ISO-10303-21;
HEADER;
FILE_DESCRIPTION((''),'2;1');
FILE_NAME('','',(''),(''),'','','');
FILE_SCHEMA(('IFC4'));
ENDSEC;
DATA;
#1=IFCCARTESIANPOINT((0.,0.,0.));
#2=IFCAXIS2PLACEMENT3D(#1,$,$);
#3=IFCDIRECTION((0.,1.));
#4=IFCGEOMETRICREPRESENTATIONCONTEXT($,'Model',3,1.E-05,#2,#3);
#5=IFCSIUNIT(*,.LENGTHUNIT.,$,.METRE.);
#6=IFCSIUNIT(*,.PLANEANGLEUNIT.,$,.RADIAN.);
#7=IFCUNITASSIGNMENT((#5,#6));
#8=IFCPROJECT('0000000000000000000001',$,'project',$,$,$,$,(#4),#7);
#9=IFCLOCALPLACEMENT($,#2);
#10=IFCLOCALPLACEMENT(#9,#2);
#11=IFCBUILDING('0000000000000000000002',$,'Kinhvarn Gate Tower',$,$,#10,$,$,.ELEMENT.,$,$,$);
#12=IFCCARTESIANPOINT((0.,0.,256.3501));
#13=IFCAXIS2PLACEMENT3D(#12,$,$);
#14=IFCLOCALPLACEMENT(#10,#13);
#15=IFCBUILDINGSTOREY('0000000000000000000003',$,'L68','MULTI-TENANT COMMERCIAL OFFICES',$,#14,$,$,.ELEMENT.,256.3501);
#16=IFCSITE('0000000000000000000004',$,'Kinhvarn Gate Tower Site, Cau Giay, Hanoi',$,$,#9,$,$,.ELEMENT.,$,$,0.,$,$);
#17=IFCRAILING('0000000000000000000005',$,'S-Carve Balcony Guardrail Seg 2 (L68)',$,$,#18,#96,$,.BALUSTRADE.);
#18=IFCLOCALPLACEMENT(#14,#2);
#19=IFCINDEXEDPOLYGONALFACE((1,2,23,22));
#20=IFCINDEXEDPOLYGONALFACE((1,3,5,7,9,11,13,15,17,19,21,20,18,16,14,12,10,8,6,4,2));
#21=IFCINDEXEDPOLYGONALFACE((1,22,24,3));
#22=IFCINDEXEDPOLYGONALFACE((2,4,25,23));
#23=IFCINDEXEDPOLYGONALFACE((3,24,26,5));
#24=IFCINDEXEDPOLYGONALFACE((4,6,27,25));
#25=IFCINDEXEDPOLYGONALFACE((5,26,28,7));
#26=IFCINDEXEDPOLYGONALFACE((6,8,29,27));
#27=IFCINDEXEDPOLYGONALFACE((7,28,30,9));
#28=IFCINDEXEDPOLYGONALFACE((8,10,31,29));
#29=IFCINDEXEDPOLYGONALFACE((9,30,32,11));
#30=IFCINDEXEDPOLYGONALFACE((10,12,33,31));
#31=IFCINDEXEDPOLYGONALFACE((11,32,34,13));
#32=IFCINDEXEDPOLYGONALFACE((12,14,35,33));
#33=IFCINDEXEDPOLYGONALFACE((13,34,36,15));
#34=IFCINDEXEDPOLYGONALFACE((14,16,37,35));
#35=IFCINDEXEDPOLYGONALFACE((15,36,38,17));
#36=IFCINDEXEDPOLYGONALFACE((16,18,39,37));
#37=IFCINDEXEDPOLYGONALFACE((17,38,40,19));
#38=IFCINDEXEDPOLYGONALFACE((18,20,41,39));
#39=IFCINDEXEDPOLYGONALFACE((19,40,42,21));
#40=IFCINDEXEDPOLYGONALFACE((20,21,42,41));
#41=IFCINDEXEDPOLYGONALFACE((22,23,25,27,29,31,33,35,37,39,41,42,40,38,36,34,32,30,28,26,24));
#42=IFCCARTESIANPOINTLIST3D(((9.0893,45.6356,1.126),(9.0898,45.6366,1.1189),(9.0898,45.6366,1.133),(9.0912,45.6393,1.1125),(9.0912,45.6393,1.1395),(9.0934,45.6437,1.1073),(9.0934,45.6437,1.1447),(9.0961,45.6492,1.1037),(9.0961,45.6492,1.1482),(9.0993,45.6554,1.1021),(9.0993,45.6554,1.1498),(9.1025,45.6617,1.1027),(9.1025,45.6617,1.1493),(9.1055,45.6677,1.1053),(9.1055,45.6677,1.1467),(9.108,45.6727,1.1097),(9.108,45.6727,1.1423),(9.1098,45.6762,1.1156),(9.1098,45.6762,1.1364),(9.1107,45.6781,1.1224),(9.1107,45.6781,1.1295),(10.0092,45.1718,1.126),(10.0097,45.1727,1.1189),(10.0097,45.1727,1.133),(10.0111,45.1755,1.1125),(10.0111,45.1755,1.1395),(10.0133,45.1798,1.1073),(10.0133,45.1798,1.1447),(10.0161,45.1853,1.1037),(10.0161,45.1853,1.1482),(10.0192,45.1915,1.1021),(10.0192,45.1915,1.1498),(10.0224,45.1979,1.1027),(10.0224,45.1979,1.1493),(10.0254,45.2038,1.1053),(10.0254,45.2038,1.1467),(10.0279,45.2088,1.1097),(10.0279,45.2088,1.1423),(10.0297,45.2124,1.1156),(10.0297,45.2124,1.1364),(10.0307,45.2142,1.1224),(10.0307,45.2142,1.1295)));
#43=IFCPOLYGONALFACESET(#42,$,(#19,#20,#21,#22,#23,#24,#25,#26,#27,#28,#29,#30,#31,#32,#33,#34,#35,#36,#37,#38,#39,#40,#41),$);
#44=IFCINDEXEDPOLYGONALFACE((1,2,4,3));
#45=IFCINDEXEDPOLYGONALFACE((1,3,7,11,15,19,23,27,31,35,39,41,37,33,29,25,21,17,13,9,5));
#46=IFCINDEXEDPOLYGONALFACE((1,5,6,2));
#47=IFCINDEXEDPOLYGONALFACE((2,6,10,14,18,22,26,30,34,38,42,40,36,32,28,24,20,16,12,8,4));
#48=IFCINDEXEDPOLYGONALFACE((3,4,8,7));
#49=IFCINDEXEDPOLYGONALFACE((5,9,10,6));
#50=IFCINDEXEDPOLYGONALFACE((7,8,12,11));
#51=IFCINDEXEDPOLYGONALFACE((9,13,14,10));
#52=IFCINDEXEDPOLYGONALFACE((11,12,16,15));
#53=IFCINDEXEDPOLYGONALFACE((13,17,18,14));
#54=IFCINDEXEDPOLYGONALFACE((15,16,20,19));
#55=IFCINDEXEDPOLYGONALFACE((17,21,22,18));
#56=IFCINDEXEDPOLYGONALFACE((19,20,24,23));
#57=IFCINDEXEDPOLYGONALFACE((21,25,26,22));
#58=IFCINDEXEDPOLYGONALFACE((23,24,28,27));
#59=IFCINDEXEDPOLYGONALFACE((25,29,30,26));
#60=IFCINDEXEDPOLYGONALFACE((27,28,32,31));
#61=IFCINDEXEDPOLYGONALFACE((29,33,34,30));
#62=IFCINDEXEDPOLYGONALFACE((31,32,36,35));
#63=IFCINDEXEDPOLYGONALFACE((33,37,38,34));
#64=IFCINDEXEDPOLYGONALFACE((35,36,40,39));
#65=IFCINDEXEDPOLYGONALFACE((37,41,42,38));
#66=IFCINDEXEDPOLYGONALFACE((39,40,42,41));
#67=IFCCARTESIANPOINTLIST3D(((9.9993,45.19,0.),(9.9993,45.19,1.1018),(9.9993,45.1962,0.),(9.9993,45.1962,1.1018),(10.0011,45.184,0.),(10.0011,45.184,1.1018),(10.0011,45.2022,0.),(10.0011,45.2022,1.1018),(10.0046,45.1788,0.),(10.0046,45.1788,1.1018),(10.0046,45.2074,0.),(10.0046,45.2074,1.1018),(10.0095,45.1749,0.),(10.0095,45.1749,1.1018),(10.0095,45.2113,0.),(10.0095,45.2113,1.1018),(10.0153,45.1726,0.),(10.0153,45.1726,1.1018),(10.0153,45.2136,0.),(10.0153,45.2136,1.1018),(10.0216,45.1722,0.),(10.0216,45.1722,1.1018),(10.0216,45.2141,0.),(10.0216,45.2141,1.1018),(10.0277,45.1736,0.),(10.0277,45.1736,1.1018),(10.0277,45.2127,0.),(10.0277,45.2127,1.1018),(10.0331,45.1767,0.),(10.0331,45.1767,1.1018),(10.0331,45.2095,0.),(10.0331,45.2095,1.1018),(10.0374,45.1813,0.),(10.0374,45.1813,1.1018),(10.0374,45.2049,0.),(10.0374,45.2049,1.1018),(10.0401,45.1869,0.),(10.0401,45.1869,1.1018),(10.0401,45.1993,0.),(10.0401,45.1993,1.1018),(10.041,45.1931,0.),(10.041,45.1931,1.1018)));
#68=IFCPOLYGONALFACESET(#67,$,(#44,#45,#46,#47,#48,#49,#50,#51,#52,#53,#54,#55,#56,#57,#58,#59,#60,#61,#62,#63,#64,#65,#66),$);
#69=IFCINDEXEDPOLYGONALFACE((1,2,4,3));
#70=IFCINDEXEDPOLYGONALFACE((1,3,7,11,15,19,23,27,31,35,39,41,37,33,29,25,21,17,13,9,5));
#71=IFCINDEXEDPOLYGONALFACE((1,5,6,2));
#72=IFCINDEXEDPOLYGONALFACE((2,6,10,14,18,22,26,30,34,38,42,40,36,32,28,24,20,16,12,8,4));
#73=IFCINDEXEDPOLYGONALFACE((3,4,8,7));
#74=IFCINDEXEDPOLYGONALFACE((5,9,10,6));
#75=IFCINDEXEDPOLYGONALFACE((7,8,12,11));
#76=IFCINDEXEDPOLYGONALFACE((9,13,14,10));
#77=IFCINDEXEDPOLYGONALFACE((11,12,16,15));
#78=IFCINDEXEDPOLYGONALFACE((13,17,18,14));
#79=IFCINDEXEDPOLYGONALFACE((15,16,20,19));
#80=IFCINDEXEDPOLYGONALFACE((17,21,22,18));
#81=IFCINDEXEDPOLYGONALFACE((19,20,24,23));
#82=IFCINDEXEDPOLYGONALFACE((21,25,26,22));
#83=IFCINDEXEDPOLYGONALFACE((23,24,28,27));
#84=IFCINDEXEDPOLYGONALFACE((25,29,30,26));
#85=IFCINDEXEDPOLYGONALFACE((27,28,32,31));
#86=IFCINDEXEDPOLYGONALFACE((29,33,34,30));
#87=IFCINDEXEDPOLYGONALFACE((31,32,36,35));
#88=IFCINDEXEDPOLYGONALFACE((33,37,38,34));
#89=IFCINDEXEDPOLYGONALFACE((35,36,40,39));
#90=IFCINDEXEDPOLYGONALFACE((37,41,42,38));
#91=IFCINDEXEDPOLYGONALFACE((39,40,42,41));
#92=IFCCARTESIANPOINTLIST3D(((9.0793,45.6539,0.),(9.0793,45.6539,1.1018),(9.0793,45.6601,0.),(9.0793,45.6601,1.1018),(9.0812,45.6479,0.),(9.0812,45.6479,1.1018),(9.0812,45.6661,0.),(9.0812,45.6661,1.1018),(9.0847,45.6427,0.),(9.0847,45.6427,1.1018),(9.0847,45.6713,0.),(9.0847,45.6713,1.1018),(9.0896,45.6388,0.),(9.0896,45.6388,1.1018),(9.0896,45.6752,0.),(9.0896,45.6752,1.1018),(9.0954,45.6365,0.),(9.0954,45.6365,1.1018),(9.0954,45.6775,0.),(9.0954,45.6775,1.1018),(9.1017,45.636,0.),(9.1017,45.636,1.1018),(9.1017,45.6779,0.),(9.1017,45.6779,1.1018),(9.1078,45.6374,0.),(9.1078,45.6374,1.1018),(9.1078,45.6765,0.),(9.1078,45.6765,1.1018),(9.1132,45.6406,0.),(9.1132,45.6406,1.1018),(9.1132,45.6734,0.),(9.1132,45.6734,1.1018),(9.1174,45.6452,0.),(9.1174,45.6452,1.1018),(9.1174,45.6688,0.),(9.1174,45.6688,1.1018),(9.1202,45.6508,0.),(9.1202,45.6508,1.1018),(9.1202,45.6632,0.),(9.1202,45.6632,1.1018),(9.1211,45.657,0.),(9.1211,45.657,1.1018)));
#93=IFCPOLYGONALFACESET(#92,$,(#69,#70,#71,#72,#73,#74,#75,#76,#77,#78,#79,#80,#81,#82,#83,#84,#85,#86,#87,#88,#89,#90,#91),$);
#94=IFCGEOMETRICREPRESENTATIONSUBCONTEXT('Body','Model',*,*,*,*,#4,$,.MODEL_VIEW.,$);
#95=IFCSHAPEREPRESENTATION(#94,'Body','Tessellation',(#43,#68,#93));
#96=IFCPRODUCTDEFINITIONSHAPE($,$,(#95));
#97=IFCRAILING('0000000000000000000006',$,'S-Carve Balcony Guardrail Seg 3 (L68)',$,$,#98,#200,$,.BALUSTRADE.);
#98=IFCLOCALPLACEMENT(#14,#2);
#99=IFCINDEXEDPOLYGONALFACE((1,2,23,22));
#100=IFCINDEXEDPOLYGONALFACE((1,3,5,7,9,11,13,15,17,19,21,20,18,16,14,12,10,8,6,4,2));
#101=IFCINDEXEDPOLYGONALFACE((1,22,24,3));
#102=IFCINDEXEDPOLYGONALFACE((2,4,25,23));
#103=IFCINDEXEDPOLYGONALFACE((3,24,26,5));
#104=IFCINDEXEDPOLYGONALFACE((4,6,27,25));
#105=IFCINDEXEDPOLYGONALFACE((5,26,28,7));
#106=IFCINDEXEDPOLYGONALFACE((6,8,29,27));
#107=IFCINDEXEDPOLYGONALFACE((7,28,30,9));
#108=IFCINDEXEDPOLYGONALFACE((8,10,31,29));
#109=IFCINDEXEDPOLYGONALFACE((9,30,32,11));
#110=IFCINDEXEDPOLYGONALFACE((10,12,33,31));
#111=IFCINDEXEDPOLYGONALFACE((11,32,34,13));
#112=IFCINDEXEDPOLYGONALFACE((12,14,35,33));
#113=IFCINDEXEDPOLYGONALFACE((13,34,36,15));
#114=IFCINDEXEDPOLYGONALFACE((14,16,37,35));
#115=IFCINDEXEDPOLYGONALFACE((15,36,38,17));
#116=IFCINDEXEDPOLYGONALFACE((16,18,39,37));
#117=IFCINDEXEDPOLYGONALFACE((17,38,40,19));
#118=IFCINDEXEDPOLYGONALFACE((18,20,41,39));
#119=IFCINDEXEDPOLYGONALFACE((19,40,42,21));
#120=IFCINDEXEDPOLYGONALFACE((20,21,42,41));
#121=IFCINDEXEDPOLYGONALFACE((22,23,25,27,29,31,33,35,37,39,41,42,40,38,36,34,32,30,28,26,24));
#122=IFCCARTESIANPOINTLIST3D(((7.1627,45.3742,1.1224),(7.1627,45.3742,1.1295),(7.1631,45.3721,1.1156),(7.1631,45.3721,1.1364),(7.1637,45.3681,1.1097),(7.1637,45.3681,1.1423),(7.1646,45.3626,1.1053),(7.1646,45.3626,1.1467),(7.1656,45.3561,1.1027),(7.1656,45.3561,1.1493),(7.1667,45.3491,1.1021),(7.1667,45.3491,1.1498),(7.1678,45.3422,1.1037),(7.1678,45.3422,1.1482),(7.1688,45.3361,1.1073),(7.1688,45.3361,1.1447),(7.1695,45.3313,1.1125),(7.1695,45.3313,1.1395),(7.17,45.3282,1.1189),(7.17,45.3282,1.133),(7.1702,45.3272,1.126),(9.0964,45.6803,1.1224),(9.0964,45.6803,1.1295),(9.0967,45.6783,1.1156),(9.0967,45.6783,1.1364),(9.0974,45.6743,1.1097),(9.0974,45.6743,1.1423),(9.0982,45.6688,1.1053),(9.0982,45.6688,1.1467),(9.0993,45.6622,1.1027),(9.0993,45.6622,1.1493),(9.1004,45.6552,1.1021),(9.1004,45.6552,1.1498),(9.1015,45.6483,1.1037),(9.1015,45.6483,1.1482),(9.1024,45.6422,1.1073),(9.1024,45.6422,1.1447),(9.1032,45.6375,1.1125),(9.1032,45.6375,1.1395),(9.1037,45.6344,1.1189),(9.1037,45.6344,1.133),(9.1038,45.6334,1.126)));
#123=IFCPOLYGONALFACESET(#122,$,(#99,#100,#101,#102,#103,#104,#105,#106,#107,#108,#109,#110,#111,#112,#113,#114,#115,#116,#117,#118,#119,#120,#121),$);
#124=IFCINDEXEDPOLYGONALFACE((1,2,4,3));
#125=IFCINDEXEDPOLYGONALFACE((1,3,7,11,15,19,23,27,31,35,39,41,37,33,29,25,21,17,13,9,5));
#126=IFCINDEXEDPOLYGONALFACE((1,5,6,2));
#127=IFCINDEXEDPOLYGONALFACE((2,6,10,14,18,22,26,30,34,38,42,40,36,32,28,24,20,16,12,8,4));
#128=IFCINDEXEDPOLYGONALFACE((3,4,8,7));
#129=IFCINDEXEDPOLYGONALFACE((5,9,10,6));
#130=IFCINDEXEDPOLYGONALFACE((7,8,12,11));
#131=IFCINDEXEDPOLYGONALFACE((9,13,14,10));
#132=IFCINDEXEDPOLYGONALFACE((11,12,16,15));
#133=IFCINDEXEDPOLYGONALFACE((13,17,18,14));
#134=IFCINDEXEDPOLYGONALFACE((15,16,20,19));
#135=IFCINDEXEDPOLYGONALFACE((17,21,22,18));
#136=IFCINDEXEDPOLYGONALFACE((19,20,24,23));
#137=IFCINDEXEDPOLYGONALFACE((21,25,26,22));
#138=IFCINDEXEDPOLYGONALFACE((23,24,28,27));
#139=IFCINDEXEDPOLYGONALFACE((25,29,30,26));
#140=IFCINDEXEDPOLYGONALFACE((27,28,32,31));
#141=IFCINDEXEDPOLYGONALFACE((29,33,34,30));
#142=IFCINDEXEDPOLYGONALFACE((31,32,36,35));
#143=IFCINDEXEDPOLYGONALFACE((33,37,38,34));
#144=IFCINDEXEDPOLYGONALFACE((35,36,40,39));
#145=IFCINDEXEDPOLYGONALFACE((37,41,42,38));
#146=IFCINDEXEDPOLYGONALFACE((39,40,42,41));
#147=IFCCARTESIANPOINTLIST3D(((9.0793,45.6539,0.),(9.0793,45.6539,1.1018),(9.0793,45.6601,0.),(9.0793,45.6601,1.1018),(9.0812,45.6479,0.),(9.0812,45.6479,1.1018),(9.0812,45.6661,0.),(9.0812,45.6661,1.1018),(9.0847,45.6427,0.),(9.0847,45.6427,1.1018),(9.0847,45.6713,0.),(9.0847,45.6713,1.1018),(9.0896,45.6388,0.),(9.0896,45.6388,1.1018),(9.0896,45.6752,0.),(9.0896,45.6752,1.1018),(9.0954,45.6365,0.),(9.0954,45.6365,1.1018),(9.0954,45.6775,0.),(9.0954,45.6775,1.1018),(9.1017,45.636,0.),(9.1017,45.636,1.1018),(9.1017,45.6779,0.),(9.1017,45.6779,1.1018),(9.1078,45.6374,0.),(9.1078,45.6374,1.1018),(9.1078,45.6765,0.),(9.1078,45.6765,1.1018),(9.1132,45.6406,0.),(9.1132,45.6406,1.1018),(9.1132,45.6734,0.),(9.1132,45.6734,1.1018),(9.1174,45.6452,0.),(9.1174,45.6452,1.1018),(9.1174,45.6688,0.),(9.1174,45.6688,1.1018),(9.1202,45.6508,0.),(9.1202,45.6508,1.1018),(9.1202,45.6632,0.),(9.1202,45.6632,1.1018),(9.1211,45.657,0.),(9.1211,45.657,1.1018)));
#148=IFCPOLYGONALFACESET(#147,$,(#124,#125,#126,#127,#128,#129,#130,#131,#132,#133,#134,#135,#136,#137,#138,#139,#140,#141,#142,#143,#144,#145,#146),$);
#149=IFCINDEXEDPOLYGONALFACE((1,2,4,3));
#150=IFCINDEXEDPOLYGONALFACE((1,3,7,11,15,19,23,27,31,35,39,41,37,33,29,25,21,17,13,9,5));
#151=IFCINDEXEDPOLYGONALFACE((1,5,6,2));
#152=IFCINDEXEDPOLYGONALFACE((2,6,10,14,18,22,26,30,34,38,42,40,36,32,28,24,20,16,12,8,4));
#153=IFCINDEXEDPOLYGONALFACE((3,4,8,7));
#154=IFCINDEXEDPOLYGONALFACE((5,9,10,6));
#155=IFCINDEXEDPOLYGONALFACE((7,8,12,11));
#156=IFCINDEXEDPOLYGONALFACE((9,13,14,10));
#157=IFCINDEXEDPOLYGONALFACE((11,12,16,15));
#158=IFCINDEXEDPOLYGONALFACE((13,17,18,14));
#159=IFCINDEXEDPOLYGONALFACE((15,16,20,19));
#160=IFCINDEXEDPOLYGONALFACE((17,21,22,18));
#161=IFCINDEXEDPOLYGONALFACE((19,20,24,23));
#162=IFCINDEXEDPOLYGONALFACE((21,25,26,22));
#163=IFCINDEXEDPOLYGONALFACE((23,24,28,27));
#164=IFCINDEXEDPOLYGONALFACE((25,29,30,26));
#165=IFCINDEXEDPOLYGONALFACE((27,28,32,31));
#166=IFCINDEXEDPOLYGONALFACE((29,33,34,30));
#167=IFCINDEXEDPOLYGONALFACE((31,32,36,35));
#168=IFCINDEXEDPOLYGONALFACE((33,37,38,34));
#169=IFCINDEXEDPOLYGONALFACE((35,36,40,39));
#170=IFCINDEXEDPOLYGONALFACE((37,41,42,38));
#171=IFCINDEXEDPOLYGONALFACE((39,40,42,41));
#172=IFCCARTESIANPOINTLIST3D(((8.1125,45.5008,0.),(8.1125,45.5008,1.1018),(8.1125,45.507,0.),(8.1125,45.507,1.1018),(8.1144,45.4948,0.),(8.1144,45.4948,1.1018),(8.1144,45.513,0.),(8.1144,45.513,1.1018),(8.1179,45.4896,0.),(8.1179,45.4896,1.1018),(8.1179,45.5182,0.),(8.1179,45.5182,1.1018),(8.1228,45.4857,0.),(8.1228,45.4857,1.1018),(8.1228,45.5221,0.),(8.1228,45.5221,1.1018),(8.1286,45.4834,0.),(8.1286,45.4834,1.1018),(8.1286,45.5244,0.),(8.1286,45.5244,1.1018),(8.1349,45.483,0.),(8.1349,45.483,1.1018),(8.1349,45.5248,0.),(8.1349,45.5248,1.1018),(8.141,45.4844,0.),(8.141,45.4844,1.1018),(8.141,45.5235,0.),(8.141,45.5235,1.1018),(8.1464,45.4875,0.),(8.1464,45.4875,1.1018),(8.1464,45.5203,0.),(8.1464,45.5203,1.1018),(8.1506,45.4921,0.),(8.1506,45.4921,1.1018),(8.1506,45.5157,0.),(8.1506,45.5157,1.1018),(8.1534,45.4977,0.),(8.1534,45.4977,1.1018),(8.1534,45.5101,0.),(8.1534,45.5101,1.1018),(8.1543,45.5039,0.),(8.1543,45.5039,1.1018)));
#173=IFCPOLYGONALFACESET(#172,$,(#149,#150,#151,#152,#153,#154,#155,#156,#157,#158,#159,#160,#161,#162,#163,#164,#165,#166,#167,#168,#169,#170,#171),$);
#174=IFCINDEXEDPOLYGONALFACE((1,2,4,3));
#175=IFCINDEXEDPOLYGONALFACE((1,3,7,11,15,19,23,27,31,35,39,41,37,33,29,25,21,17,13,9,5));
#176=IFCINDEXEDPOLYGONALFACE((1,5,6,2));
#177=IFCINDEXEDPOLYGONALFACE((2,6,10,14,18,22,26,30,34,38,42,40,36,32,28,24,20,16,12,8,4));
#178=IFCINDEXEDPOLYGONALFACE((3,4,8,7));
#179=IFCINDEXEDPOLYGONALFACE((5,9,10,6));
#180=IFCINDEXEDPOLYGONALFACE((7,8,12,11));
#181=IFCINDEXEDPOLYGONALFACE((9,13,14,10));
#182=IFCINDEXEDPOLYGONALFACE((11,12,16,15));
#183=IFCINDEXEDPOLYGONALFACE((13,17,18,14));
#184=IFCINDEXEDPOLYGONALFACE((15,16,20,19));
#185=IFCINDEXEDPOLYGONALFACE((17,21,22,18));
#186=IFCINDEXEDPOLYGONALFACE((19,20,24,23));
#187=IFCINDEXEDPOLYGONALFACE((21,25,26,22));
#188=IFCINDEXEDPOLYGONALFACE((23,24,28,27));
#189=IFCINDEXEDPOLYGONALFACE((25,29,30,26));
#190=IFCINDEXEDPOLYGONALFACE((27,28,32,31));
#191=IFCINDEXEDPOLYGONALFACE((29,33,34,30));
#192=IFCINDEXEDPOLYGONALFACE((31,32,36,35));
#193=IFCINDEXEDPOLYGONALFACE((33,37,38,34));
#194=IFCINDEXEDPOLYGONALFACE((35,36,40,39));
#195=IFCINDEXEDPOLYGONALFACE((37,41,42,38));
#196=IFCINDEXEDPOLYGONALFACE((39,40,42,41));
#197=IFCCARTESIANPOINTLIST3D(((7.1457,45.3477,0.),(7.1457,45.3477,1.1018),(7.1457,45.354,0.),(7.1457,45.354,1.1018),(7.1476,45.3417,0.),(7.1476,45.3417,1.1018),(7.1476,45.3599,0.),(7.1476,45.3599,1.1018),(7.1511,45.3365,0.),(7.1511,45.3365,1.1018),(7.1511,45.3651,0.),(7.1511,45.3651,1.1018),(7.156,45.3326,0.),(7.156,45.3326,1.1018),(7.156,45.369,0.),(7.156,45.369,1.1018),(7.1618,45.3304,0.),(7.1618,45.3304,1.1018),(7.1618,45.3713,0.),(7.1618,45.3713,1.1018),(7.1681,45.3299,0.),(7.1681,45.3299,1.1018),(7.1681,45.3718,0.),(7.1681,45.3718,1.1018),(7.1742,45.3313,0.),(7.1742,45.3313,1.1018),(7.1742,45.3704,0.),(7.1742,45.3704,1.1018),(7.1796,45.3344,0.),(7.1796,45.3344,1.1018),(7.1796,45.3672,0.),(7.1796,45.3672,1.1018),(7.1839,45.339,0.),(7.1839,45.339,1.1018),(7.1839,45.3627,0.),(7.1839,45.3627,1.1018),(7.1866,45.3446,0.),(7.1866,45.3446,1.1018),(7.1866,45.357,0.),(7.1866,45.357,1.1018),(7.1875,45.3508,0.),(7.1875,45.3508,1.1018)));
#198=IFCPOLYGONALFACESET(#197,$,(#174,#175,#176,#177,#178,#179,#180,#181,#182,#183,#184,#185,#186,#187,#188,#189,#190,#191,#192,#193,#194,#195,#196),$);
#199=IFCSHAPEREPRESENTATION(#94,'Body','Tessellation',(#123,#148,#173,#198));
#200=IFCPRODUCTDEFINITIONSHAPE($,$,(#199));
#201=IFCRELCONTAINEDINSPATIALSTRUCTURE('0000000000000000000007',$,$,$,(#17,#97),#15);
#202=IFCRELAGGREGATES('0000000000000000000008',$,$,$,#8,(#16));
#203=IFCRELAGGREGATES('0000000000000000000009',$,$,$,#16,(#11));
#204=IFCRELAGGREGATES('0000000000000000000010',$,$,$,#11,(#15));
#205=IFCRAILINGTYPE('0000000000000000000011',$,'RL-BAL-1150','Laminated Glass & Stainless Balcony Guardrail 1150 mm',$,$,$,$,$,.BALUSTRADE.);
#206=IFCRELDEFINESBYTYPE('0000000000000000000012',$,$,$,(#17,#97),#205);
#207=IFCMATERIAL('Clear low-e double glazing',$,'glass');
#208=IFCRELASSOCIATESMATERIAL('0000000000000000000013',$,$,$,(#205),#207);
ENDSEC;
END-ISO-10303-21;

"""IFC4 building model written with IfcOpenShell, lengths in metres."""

from ifc_helpers import new_model, si_unit, direction, frame, origin, origin_2d, place, context, subcontext, project, spatial, circle, extrude, material, type_object, element, save


model = new_model("IFC4")

# Units and contexts
model_context = context("Model", 3, precision=1e-05, world=origin(), true_north=direction((0.0, 1.0)))
body_context = subcontext(model_context, "Body", "Model", "MODEL_VIEW")
ifc_project = project(units=[si_unit("LENGTHUNIT", "METRE"), si_unit("PLANEANGLEUNIT", "RADIAN")], contexts=[model_context])

# Site, building, storey
site_placement = place(None, origin())
site = spatial("IfcSite", under=ifc_project, at=site_placement, Name="Kinhvarn Gate Tower Site, Cau Giay, Hanoi", CompositionType="ELEMENT", RefElevation=0.0)
building_placement = place(site_placement, origin())
building = spatial("IfcBuilding", under=site, at=building_placement, Name="Kinhvarn Gate Tower", CompositionType="ELEMENT")
storey_placement = place(building_placement, frame((0.0, 0.0, 256.3501)))
storey = spatial("IfcBuildingStorey", under=building, at=storey_placement, Name="L68", Description="MULTI-TENANT COMMERCIAL OFFICES", CompositionType="ELEMENT", Elevation=256.3501)

# Shared definitions
ifc_material_1 = material(Name="Clear low-e double glazing", Category="glass")

# Railings
railing_type = type_object("IfcRailingType", Name="RL-BAL-1150", Description="Laminated Glass & Stainless Balcony Guardrail 1150 mm", PredefinedType="BALUSTRADE", material=ifc_material_1)
railing_1_placement = place(storey_placement, frame((10.02, 45.1931, 0.0)))
element("IfcRailing", 1, at=railing_1_placement, inside=storey, type_object=railing_type, Name="S-Carve Balcony Guardrail Seg 2 (L68)", PredefinedType="BALUSTRADE", context=body_context, shape_type="SweptSolid", body=[
    extrude(circle(Radius=0.0239, at=origin_2d()), frame((0.0, 0.0, 1.126), z_axis=(-0.892905, 0.450244, 0.0), x_axis=(-0.450244, -0.892905, 0.0)), (0.0, 0.0, 1.0), 1.0303),
    extrude(circle(Radius=0.021, at=origin_2d()), origin(), (0.0, 0.0, 1.0), 1.1018),
    extrude(circle(Radius=0.021, at=origin_2d()), frame((-0.9199, 0.4639, 0.0)), (0.0, 0.0, 1.0), 1.1018),
])
railing_2_placement = place(storey_placement, frame((9.1001, 45.657, 0.0)))
element("IfcRailing", 2, at=railing_2_placement, inside=storey, type_object=railing_type, Name="S-Carve Balcony Guardrail Seg 3 (L68)", PredefinedType="BALUSTRADE", context=body_context, shape_type="SweptSolid", body=[
    extrude(circle(Radius=0.0239, at=origin_2d()), frame((0.0, 0.0, 1.126), z_axis=(-0.987696, -0.156385, 0.0), x_axis=(0.156385, -0.987696, 0.0)), (0.0, 0.0, 1.0), 1.9578),
    extrude(circle(Radius=0.021, at=origin_2d()), origin(), (0.0, 0.0, 1.0), 1.1018),
    extrude(circle(Radius=0.021, at=origin_2d()), frame((-0.9668, -0.1531, 0.0)), (0.0, 0.0, 1.0), 1.1018),
    extrude(circle(Radius=0.021, at=origin_2d()), frame((-1.9336, -0.3062, 0.0)), (0.0, 0.0, 1.0), 1.1018),
])

save(model, "model.ifc")
